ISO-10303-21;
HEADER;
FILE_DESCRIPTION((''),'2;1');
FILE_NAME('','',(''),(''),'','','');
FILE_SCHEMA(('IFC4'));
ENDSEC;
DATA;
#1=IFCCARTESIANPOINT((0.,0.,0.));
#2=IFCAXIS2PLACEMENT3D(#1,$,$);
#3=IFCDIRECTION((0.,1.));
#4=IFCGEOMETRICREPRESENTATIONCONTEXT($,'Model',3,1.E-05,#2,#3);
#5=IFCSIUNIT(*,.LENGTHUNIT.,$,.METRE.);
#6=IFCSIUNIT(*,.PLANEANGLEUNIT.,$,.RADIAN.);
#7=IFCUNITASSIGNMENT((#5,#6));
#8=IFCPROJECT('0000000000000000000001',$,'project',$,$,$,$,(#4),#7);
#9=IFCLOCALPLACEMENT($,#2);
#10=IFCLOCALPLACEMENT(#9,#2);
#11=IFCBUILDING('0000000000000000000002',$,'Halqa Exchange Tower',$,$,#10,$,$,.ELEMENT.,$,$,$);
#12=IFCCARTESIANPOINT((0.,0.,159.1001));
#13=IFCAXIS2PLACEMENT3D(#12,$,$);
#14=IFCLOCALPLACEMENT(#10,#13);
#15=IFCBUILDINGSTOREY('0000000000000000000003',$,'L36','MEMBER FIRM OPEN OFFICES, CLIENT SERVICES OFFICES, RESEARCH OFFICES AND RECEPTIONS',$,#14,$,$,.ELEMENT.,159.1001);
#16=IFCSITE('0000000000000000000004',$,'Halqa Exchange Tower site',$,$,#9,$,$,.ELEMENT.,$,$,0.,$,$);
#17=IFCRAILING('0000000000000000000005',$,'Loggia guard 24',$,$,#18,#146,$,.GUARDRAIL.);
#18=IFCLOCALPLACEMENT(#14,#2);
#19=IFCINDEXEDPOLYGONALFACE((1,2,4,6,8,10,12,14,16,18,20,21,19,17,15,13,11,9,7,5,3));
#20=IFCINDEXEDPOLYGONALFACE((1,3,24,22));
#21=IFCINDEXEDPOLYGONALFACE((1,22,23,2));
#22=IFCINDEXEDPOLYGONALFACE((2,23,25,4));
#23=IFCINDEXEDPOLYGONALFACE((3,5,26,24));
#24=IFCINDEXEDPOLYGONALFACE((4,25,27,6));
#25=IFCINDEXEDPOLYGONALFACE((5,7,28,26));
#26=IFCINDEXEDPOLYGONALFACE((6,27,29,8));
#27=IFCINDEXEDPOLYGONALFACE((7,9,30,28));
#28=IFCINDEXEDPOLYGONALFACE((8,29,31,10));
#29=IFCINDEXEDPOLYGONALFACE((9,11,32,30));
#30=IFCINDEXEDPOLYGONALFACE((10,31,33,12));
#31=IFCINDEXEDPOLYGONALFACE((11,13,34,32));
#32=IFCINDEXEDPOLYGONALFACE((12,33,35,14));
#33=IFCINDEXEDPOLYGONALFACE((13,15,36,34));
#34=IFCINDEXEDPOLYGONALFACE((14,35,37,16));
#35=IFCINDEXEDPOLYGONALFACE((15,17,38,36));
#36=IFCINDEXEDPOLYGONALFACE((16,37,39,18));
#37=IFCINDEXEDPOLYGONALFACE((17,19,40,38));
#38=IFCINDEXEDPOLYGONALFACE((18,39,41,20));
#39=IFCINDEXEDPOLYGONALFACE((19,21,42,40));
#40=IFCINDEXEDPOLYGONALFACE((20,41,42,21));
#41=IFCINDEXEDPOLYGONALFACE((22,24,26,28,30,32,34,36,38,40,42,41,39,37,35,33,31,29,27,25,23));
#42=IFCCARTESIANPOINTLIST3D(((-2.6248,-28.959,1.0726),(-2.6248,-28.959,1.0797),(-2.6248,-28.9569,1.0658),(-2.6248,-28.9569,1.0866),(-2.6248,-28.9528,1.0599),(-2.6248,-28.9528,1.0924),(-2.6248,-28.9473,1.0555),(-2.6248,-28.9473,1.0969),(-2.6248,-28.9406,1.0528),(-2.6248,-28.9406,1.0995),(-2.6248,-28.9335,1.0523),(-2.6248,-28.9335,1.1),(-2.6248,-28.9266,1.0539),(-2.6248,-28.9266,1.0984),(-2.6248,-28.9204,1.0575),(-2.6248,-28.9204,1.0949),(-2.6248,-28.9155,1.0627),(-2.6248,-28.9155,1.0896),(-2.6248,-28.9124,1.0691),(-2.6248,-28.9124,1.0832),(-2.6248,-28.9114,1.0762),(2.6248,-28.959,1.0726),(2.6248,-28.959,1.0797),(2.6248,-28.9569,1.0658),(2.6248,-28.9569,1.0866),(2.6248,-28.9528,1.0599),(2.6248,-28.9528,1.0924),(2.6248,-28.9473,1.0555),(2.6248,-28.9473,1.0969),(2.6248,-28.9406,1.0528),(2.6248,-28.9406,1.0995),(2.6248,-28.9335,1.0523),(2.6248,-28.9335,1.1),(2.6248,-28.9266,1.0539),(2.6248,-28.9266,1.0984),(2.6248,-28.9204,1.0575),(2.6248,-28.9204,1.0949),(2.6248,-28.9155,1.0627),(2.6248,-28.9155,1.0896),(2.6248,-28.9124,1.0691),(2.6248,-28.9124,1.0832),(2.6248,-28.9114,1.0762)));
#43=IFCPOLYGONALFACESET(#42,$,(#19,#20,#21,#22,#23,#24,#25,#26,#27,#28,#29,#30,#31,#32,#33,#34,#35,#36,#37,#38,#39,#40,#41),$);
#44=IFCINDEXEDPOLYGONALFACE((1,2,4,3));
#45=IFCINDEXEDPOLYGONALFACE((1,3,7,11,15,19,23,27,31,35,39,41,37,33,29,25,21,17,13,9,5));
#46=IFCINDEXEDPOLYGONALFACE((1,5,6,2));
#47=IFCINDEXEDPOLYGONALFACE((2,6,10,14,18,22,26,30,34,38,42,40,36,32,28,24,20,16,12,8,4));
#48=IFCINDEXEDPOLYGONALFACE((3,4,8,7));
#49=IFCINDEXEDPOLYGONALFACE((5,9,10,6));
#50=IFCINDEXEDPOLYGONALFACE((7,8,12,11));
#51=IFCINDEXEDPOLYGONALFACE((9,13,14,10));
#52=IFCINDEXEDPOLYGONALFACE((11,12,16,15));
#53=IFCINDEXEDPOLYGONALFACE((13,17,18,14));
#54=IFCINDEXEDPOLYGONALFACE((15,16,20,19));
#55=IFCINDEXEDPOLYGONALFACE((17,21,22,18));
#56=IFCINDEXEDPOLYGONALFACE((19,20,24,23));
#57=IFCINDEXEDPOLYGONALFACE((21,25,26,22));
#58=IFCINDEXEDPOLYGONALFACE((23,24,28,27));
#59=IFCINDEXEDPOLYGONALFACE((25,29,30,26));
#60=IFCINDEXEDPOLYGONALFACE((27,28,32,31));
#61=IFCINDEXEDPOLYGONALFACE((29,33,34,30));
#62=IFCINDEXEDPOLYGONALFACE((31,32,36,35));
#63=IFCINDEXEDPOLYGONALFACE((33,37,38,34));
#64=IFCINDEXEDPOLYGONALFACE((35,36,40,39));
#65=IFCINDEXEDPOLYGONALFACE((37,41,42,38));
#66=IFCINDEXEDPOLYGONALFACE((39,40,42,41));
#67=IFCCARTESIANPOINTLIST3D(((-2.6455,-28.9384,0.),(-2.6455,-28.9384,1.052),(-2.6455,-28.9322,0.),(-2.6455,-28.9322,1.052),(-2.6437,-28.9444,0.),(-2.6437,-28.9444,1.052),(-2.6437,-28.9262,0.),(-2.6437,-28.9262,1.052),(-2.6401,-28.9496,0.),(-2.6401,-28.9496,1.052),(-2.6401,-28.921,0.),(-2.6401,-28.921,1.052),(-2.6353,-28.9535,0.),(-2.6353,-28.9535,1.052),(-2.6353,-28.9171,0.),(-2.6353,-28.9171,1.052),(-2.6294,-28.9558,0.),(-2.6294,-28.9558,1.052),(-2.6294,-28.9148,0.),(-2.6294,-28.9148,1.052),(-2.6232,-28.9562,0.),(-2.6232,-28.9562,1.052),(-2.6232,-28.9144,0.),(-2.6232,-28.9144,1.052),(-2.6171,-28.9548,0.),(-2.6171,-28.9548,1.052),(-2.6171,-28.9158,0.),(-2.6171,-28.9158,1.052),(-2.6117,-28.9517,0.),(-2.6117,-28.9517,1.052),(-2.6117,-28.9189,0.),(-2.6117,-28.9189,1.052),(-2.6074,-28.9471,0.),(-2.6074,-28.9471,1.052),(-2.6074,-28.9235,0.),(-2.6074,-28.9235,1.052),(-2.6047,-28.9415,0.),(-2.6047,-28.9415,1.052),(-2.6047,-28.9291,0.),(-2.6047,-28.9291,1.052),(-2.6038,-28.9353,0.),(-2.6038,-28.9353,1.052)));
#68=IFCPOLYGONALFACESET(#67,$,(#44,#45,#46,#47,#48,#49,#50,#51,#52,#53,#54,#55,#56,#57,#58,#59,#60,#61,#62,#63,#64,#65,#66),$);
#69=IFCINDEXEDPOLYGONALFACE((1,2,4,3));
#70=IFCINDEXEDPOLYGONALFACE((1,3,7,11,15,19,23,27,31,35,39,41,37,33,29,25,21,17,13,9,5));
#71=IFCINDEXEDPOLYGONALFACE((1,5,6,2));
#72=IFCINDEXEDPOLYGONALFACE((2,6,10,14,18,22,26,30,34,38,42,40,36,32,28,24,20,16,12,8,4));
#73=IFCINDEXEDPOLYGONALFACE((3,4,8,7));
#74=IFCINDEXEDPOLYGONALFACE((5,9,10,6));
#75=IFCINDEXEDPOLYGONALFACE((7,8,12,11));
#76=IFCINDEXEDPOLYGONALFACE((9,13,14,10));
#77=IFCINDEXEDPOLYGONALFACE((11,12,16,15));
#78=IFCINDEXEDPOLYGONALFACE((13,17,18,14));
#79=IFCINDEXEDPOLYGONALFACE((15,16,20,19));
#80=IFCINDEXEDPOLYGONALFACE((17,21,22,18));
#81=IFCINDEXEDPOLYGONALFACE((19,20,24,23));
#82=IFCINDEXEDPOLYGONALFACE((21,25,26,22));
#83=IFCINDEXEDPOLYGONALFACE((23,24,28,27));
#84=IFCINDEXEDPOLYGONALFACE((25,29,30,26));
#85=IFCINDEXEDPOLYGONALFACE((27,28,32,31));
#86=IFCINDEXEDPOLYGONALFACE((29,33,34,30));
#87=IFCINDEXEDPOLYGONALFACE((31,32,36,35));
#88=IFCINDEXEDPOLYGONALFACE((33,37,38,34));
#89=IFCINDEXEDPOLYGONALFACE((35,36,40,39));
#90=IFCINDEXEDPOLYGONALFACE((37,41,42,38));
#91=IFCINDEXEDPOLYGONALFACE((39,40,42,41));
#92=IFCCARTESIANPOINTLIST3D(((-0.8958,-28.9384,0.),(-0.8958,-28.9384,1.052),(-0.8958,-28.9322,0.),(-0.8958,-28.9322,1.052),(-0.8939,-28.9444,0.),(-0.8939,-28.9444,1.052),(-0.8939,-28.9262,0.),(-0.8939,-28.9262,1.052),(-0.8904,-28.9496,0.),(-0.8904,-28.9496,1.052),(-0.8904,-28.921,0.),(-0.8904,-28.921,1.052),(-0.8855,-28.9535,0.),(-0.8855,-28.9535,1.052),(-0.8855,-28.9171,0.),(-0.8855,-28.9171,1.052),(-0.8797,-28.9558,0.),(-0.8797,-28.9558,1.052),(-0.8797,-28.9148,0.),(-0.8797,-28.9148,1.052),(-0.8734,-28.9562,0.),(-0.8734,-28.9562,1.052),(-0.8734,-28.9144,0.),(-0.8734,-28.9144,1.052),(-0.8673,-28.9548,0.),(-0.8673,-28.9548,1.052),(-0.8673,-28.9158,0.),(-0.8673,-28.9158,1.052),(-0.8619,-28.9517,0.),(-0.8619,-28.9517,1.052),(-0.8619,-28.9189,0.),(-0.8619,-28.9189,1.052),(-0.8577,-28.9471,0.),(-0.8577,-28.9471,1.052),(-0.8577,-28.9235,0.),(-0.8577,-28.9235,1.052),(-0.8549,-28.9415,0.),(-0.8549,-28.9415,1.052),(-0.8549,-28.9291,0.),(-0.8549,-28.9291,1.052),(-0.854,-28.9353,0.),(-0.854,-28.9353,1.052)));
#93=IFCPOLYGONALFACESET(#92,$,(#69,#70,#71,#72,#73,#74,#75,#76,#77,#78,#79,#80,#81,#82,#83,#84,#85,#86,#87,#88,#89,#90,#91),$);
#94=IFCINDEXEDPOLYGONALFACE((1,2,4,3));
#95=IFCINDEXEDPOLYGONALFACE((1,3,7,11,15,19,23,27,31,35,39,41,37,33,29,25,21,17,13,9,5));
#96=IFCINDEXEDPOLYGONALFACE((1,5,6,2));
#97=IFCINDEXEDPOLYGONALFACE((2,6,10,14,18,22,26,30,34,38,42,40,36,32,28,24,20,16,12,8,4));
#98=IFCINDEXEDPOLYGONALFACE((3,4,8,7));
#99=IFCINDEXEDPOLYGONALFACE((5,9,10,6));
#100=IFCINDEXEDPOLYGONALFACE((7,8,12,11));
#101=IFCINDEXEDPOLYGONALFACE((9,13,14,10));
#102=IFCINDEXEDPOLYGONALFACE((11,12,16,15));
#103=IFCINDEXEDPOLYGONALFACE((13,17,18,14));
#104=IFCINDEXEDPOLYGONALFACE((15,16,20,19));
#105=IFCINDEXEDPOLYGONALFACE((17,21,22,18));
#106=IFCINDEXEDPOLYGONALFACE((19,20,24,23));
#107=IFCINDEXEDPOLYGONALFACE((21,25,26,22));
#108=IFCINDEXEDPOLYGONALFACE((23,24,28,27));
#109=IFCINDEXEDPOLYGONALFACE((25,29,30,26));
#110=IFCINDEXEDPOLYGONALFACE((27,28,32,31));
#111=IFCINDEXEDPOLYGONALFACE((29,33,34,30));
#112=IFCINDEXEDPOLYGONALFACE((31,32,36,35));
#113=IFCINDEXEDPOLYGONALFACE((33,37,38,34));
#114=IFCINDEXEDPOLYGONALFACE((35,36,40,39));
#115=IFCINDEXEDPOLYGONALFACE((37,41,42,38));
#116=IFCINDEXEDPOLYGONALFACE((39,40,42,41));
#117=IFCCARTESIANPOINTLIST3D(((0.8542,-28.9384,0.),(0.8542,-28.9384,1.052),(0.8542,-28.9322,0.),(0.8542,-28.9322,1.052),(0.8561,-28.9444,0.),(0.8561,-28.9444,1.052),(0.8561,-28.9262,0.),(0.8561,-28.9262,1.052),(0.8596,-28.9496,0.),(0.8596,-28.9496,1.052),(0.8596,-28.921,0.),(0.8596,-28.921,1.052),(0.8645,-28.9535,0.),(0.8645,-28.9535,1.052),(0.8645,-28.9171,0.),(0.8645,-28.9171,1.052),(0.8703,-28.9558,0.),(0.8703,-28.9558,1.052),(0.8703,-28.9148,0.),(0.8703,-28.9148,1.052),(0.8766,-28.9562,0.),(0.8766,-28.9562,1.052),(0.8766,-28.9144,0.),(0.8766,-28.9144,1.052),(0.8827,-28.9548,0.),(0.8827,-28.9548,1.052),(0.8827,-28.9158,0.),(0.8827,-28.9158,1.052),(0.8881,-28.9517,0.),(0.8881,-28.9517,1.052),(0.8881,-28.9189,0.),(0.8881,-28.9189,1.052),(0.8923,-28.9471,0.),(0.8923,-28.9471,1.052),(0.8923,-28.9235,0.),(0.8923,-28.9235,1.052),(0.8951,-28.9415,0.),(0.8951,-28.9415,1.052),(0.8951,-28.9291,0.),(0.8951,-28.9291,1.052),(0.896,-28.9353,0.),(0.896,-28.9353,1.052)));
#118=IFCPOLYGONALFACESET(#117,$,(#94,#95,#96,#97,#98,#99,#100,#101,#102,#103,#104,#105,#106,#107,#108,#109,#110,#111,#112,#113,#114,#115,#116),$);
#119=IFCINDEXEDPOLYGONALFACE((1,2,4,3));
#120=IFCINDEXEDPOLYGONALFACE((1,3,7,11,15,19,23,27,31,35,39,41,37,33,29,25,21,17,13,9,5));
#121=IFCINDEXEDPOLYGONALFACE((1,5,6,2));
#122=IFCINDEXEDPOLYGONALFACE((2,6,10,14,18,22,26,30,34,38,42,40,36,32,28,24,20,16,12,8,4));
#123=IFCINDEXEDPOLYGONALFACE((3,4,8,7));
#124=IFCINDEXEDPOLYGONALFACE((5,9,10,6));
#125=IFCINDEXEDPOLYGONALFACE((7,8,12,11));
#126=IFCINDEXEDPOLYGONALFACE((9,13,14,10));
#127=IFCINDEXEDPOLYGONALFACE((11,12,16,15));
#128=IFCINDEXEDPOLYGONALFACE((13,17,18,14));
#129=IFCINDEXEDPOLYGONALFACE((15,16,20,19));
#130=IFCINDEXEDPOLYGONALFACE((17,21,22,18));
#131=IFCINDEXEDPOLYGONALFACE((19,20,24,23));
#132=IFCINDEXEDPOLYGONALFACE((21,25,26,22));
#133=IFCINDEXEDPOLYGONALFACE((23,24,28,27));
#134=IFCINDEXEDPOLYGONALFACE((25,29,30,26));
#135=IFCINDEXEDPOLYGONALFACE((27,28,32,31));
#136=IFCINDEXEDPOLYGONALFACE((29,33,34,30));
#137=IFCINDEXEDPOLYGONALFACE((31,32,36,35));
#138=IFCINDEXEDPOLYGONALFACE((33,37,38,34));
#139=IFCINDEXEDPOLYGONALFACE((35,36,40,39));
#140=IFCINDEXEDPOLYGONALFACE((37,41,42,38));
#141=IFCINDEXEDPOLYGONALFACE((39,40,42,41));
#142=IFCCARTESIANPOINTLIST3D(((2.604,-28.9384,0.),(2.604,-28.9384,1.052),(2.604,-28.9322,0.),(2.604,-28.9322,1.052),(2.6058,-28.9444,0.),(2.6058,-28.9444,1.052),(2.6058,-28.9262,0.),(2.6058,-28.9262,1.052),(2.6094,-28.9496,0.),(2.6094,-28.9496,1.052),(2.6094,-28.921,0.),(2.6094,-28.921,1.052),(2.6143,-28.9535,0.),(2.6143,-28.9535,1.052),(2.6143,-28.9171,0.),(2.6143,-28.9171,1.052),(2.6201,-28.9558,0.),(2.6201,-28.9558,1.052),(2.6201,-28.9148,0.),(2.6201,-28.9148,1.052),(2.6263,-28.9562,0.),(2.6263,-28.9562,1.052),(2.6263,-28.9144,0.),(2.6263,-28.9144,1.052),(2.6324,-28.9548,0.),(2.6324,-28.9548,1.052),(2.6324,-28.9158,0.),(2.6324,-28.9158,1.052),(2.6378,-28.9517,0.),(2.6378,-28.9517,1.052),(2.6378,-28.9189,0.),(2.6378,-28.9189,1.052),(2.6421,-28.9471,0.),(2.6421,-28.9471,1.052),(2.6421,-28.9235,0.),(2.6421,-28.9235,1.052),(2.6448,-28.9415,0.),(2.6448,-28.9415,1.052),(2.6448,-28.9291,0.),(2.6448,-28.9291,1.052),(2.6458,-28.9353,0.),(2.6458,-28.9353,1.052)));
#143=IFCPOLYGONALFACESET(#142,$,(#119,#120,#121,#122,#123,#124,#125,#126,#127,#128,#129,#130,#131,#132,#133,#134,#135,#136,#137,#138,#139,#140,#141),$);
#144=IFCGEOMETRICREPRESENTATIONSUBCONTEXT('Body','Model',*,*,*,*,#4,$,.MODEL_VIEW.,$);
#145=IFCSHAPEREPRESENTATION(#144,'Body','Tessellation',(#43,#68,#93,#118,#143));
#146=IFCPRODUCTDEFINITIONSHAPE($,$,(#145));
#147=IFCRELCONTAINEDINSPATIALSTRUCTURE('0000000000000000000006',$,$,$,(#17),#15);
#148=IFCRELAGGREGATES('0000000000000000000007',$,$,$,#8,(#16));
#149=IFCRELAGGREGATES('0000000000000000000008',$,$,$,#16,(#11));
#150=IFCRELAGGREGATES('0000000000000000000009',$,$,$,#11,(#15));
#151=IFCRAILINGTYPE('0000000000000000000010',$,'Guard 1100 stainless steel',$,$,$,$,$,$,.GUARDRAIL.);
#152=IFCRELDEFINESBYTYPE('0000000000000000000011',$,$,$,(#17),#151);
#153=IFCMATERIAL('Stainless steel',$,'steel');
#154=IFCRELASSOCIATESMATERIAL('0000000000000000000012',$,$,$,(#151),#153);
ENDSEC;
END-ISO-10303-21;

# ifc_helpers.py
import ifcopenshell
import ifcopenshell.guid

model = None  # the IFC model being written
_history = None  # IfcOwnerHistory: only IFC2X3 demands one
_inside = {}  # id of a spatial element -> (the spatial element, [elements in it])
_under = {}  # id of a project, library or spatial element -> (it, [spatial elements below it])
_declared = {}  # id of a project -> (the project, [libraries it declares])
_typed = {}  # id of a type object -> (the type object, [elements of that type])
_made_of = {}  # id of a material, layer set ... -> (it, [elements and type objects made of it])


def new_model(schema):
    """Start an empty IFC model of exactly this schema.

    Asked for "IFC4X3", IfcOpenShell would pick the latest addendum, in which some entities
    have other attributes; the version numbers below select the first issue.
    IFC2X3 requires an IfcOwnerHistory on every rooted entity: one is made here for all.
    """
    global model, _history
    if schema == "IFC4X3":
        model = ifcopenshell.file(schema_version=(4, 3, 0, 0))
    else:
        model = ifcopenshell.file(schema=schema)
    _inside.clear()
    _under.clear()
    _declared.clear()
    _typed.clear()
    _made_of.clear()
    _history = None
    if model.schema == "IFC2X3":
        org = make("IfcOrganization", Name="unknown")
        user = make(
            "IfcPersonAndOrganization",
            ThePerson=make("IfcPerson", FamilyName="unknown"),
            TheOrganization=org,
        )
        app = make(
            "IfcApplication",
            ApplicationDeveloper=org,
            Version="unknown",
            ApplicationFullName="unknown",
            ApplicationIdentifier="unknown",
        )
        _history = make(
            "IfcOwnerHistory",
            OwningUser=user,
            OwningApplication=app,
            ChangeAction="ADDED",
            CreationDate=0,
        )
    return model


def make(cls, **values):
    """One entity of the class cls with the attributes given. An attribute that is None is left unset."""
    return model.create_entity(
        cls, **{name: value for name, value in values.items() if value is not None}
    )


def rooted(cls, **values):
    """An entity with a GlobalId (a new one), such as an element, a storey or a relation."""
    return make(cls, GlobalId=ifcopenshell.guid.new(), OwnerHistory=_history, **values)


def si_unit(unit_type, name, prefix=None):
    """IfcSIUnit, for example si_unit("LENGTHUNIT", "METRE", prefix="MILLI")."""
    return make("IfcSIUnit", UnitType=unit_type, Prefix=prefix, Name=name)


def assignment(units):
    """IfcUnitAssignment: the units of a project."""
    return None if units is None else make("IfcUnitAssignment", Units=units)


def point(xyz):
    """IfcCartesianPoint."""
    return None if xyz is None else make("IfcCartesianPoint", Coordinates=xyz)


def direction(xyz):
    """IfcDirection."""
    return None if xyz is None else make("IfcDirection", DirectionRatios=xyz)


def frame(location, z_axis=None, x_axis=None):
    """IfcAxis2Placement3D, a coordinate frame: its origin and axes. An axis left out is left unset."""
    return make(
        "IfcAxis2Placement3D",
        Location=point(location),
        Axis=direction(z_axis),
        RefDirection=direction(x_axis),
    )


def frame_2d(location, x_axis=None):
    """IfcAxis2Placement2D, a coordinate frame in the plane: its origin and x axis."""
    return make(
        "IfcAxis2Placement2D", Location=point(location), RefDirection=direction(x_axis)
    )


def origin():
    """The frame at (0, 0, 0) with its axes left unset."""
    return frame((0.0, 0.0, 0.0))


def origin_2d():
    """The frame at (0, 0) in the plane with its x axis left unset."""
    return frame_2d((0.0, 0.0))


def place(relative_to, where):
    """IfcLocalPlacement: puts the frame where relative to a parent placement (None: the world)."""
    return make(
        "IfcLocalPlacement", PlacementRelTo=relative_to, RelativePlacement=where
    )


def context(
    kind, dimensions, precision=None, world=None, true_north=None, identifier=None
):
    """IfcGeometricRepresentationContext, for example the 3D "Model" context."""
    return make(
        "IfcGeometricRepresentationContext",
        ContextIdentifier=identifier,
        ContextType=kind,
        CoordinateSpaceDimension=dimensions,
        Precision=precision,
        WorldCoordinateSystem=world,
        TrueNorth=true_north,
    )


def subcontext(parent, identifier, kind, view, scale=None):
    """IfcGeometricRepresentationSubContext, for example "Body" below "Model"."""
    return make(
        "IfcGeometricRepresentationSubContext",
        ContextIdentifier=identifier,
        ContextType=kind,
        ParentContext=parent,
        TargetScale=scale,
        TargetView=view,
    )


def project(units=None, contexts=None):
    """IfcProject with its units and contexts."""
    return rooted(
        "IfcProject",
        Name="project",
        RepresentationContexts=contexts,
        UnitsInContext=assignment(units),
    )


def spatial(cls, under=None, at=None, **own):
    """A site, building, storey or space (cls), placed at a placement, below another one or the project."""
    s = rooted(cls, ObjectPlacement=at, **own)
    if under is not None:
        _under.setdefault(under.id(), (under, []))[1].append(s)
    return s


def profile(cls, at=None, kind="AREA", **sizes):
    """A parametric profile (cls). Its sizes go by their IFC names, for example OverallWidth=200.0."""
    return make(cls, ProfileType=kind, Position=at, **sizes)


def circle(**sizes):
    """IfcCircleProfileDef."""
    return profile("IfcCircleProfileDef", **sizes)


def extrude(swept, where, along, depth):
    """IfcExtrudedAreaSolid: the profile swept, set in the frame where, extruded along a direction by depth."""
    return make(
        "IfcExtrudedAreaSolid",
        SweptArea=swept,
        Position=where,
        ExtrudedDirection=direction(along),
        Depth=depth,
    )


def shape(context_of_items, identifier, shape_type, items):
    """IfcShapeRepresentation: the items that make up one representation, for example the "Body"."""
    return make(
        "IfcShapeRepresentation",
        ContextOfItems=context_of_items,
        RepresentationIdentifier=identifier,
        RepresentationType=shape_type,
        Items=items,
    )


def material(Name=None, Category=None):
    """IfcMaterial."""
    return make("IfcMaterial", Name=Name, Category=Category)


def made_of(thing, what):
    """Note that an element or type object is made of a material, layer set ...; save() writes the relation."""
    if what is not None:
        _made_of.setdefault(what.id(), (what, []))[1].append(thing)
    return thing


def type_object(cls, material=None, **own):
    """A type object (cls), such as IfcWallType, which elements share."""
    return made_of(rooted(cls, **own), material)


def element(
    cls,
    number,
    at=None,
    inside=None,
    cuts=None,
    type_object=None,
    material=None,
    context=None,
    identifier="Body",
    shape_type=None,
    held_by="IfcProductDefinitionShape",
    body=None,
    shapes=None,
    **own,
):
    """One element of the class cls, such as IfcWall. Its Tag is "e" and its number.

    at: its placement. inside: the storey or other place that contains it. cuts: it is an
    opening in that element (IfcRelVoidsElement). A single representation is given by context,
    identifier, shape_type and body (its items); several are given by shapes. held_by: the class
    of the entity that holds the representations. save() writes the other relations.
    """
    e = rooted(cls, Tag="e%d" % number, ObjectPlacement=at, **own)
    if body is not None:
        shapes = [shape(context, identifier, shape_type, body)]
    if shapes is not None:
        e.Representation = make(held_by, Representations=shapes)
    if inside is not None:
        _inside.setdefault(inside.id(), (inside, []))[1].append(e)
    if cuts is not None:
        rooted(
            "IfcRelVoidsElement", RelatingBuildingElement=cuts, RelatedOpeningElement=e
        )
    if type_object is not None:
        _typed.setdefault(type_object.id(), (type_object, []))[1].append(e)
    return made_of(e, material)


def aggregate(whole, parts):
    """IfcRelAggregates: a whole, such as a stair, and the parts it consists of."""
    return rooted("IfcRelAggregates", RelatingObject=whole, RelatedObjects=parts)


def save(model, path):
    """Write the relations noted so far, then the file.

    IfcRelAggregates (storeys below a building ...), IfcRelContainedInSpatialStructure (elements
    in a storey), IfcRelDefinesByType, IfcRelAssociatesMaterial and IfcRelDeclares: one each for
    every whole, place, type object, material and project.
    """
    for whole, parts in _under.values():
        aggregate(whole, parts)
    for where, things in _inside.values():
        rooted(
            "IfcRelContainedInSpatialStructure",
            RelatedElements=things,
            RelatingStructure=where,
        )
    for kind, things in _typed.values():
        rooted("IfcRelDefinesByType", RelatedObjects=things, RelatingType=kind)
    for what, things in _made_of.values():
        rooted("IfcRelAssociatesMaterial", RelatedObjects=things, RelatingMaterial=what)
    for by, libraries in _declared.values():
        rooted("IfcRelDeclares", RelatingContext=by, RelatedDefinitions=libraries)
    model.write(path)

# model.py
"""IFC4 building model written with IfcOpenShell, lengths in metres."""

from ifc_helpers import new_model, si_unit, direction, frame, origin, origin_2d, place, context, subcontext, project, spatial, circle, extrude, material, type_object, element, save


model = new_model("IFC4")

# Units and contexts
model_context = context("Model", 3, precision=1e-05, world=origin(), true_north=direction((0.0, 1.0)))
body_context = subcontext(model_context, "Body", "Model", "MODEL_VIEW")
ifc_project = project(units=[si_unit("LENGTHUNIT", "METRE"), si_unit("PLANEANGLEUNIT", "RADIAN")], contexts=[model_context])

# Site, building, storey
site_placement = place(None, origin())
site = spatial("IfcSite", under=ifc_project, at=site_placement, Name="Halqa Exchange Tower site", CompositionType="ELEMENT", RefElevation=0.0)
building_placement = place(site_placement, origin())
building = spatial("IfcBuilding", under=site, at=building_placement, Name="Halqa Exchange Tower", CompositionType="ELEMENT")
storey_placement = place(building_placement, frame((0.0, 0.0, 159.1001)))
storey = spatial("IfcBuildingStorey", under=building, at=storey_placement, Name="L36", Description="MEMBER FIRM OPEN OFFICES, CLIENT SERVICES OFFICES, RESEARCH OFFICES AND RECEPTIONS", CompositionType="ELEMENT", Elevation=159.1001)

# Railing
ifc_material_1 = material(Name="Stainless steel", Category="steel")
railing_type = type_object("IfcRailingType", Name="Guard 1100 stainless steel", PredefinedType="GUARDRAIL", material=ifc_material_1)
railing_1_placement = place(storey_placement, frame((-2.6248, -28.9353, 0.0)))
element("IfcRailing", 1, at=railing_1_placement, inside=storey, type_object=railing_type, Name="Loggia guard 24", PredefinedType="GUARDRAIL", context=body_context, shape_type="SweptSolid", body=[
    extrude(circle(Radius=0.0239, at=origin_2d()), frame((0.0, 0.0, 1.0762), z_axis=(1.0, 0.0, 0.0), x_axis=(0.0, 1.0, 0.0)), (0.0, 0.0, 1.0), 5.2495),
    extrude(circle(Radius=0.021, at=origin_2d()), origin(), (0.0, 0.0, 1.0), 1.052),
    extrude(circle(Radius=0.021, at=origin_2d()), frame((1.7498, 0.0, 0.0)), (0.0, 0.0, 1.0), 1.052),
    extrude(circle(Radius=0.021, at=origin_2d()), frame((3.4998, 0.0, 0.0)), (0.0, 0.0, 1.0), 1.052),
    extrude(circle(Radius=0.021, at=origin_2d()), frame((5.2495, 0.0, 0.0)), (0.0, 0.0, 1.0), 1.052),
])

save(model, "model.ifc")
